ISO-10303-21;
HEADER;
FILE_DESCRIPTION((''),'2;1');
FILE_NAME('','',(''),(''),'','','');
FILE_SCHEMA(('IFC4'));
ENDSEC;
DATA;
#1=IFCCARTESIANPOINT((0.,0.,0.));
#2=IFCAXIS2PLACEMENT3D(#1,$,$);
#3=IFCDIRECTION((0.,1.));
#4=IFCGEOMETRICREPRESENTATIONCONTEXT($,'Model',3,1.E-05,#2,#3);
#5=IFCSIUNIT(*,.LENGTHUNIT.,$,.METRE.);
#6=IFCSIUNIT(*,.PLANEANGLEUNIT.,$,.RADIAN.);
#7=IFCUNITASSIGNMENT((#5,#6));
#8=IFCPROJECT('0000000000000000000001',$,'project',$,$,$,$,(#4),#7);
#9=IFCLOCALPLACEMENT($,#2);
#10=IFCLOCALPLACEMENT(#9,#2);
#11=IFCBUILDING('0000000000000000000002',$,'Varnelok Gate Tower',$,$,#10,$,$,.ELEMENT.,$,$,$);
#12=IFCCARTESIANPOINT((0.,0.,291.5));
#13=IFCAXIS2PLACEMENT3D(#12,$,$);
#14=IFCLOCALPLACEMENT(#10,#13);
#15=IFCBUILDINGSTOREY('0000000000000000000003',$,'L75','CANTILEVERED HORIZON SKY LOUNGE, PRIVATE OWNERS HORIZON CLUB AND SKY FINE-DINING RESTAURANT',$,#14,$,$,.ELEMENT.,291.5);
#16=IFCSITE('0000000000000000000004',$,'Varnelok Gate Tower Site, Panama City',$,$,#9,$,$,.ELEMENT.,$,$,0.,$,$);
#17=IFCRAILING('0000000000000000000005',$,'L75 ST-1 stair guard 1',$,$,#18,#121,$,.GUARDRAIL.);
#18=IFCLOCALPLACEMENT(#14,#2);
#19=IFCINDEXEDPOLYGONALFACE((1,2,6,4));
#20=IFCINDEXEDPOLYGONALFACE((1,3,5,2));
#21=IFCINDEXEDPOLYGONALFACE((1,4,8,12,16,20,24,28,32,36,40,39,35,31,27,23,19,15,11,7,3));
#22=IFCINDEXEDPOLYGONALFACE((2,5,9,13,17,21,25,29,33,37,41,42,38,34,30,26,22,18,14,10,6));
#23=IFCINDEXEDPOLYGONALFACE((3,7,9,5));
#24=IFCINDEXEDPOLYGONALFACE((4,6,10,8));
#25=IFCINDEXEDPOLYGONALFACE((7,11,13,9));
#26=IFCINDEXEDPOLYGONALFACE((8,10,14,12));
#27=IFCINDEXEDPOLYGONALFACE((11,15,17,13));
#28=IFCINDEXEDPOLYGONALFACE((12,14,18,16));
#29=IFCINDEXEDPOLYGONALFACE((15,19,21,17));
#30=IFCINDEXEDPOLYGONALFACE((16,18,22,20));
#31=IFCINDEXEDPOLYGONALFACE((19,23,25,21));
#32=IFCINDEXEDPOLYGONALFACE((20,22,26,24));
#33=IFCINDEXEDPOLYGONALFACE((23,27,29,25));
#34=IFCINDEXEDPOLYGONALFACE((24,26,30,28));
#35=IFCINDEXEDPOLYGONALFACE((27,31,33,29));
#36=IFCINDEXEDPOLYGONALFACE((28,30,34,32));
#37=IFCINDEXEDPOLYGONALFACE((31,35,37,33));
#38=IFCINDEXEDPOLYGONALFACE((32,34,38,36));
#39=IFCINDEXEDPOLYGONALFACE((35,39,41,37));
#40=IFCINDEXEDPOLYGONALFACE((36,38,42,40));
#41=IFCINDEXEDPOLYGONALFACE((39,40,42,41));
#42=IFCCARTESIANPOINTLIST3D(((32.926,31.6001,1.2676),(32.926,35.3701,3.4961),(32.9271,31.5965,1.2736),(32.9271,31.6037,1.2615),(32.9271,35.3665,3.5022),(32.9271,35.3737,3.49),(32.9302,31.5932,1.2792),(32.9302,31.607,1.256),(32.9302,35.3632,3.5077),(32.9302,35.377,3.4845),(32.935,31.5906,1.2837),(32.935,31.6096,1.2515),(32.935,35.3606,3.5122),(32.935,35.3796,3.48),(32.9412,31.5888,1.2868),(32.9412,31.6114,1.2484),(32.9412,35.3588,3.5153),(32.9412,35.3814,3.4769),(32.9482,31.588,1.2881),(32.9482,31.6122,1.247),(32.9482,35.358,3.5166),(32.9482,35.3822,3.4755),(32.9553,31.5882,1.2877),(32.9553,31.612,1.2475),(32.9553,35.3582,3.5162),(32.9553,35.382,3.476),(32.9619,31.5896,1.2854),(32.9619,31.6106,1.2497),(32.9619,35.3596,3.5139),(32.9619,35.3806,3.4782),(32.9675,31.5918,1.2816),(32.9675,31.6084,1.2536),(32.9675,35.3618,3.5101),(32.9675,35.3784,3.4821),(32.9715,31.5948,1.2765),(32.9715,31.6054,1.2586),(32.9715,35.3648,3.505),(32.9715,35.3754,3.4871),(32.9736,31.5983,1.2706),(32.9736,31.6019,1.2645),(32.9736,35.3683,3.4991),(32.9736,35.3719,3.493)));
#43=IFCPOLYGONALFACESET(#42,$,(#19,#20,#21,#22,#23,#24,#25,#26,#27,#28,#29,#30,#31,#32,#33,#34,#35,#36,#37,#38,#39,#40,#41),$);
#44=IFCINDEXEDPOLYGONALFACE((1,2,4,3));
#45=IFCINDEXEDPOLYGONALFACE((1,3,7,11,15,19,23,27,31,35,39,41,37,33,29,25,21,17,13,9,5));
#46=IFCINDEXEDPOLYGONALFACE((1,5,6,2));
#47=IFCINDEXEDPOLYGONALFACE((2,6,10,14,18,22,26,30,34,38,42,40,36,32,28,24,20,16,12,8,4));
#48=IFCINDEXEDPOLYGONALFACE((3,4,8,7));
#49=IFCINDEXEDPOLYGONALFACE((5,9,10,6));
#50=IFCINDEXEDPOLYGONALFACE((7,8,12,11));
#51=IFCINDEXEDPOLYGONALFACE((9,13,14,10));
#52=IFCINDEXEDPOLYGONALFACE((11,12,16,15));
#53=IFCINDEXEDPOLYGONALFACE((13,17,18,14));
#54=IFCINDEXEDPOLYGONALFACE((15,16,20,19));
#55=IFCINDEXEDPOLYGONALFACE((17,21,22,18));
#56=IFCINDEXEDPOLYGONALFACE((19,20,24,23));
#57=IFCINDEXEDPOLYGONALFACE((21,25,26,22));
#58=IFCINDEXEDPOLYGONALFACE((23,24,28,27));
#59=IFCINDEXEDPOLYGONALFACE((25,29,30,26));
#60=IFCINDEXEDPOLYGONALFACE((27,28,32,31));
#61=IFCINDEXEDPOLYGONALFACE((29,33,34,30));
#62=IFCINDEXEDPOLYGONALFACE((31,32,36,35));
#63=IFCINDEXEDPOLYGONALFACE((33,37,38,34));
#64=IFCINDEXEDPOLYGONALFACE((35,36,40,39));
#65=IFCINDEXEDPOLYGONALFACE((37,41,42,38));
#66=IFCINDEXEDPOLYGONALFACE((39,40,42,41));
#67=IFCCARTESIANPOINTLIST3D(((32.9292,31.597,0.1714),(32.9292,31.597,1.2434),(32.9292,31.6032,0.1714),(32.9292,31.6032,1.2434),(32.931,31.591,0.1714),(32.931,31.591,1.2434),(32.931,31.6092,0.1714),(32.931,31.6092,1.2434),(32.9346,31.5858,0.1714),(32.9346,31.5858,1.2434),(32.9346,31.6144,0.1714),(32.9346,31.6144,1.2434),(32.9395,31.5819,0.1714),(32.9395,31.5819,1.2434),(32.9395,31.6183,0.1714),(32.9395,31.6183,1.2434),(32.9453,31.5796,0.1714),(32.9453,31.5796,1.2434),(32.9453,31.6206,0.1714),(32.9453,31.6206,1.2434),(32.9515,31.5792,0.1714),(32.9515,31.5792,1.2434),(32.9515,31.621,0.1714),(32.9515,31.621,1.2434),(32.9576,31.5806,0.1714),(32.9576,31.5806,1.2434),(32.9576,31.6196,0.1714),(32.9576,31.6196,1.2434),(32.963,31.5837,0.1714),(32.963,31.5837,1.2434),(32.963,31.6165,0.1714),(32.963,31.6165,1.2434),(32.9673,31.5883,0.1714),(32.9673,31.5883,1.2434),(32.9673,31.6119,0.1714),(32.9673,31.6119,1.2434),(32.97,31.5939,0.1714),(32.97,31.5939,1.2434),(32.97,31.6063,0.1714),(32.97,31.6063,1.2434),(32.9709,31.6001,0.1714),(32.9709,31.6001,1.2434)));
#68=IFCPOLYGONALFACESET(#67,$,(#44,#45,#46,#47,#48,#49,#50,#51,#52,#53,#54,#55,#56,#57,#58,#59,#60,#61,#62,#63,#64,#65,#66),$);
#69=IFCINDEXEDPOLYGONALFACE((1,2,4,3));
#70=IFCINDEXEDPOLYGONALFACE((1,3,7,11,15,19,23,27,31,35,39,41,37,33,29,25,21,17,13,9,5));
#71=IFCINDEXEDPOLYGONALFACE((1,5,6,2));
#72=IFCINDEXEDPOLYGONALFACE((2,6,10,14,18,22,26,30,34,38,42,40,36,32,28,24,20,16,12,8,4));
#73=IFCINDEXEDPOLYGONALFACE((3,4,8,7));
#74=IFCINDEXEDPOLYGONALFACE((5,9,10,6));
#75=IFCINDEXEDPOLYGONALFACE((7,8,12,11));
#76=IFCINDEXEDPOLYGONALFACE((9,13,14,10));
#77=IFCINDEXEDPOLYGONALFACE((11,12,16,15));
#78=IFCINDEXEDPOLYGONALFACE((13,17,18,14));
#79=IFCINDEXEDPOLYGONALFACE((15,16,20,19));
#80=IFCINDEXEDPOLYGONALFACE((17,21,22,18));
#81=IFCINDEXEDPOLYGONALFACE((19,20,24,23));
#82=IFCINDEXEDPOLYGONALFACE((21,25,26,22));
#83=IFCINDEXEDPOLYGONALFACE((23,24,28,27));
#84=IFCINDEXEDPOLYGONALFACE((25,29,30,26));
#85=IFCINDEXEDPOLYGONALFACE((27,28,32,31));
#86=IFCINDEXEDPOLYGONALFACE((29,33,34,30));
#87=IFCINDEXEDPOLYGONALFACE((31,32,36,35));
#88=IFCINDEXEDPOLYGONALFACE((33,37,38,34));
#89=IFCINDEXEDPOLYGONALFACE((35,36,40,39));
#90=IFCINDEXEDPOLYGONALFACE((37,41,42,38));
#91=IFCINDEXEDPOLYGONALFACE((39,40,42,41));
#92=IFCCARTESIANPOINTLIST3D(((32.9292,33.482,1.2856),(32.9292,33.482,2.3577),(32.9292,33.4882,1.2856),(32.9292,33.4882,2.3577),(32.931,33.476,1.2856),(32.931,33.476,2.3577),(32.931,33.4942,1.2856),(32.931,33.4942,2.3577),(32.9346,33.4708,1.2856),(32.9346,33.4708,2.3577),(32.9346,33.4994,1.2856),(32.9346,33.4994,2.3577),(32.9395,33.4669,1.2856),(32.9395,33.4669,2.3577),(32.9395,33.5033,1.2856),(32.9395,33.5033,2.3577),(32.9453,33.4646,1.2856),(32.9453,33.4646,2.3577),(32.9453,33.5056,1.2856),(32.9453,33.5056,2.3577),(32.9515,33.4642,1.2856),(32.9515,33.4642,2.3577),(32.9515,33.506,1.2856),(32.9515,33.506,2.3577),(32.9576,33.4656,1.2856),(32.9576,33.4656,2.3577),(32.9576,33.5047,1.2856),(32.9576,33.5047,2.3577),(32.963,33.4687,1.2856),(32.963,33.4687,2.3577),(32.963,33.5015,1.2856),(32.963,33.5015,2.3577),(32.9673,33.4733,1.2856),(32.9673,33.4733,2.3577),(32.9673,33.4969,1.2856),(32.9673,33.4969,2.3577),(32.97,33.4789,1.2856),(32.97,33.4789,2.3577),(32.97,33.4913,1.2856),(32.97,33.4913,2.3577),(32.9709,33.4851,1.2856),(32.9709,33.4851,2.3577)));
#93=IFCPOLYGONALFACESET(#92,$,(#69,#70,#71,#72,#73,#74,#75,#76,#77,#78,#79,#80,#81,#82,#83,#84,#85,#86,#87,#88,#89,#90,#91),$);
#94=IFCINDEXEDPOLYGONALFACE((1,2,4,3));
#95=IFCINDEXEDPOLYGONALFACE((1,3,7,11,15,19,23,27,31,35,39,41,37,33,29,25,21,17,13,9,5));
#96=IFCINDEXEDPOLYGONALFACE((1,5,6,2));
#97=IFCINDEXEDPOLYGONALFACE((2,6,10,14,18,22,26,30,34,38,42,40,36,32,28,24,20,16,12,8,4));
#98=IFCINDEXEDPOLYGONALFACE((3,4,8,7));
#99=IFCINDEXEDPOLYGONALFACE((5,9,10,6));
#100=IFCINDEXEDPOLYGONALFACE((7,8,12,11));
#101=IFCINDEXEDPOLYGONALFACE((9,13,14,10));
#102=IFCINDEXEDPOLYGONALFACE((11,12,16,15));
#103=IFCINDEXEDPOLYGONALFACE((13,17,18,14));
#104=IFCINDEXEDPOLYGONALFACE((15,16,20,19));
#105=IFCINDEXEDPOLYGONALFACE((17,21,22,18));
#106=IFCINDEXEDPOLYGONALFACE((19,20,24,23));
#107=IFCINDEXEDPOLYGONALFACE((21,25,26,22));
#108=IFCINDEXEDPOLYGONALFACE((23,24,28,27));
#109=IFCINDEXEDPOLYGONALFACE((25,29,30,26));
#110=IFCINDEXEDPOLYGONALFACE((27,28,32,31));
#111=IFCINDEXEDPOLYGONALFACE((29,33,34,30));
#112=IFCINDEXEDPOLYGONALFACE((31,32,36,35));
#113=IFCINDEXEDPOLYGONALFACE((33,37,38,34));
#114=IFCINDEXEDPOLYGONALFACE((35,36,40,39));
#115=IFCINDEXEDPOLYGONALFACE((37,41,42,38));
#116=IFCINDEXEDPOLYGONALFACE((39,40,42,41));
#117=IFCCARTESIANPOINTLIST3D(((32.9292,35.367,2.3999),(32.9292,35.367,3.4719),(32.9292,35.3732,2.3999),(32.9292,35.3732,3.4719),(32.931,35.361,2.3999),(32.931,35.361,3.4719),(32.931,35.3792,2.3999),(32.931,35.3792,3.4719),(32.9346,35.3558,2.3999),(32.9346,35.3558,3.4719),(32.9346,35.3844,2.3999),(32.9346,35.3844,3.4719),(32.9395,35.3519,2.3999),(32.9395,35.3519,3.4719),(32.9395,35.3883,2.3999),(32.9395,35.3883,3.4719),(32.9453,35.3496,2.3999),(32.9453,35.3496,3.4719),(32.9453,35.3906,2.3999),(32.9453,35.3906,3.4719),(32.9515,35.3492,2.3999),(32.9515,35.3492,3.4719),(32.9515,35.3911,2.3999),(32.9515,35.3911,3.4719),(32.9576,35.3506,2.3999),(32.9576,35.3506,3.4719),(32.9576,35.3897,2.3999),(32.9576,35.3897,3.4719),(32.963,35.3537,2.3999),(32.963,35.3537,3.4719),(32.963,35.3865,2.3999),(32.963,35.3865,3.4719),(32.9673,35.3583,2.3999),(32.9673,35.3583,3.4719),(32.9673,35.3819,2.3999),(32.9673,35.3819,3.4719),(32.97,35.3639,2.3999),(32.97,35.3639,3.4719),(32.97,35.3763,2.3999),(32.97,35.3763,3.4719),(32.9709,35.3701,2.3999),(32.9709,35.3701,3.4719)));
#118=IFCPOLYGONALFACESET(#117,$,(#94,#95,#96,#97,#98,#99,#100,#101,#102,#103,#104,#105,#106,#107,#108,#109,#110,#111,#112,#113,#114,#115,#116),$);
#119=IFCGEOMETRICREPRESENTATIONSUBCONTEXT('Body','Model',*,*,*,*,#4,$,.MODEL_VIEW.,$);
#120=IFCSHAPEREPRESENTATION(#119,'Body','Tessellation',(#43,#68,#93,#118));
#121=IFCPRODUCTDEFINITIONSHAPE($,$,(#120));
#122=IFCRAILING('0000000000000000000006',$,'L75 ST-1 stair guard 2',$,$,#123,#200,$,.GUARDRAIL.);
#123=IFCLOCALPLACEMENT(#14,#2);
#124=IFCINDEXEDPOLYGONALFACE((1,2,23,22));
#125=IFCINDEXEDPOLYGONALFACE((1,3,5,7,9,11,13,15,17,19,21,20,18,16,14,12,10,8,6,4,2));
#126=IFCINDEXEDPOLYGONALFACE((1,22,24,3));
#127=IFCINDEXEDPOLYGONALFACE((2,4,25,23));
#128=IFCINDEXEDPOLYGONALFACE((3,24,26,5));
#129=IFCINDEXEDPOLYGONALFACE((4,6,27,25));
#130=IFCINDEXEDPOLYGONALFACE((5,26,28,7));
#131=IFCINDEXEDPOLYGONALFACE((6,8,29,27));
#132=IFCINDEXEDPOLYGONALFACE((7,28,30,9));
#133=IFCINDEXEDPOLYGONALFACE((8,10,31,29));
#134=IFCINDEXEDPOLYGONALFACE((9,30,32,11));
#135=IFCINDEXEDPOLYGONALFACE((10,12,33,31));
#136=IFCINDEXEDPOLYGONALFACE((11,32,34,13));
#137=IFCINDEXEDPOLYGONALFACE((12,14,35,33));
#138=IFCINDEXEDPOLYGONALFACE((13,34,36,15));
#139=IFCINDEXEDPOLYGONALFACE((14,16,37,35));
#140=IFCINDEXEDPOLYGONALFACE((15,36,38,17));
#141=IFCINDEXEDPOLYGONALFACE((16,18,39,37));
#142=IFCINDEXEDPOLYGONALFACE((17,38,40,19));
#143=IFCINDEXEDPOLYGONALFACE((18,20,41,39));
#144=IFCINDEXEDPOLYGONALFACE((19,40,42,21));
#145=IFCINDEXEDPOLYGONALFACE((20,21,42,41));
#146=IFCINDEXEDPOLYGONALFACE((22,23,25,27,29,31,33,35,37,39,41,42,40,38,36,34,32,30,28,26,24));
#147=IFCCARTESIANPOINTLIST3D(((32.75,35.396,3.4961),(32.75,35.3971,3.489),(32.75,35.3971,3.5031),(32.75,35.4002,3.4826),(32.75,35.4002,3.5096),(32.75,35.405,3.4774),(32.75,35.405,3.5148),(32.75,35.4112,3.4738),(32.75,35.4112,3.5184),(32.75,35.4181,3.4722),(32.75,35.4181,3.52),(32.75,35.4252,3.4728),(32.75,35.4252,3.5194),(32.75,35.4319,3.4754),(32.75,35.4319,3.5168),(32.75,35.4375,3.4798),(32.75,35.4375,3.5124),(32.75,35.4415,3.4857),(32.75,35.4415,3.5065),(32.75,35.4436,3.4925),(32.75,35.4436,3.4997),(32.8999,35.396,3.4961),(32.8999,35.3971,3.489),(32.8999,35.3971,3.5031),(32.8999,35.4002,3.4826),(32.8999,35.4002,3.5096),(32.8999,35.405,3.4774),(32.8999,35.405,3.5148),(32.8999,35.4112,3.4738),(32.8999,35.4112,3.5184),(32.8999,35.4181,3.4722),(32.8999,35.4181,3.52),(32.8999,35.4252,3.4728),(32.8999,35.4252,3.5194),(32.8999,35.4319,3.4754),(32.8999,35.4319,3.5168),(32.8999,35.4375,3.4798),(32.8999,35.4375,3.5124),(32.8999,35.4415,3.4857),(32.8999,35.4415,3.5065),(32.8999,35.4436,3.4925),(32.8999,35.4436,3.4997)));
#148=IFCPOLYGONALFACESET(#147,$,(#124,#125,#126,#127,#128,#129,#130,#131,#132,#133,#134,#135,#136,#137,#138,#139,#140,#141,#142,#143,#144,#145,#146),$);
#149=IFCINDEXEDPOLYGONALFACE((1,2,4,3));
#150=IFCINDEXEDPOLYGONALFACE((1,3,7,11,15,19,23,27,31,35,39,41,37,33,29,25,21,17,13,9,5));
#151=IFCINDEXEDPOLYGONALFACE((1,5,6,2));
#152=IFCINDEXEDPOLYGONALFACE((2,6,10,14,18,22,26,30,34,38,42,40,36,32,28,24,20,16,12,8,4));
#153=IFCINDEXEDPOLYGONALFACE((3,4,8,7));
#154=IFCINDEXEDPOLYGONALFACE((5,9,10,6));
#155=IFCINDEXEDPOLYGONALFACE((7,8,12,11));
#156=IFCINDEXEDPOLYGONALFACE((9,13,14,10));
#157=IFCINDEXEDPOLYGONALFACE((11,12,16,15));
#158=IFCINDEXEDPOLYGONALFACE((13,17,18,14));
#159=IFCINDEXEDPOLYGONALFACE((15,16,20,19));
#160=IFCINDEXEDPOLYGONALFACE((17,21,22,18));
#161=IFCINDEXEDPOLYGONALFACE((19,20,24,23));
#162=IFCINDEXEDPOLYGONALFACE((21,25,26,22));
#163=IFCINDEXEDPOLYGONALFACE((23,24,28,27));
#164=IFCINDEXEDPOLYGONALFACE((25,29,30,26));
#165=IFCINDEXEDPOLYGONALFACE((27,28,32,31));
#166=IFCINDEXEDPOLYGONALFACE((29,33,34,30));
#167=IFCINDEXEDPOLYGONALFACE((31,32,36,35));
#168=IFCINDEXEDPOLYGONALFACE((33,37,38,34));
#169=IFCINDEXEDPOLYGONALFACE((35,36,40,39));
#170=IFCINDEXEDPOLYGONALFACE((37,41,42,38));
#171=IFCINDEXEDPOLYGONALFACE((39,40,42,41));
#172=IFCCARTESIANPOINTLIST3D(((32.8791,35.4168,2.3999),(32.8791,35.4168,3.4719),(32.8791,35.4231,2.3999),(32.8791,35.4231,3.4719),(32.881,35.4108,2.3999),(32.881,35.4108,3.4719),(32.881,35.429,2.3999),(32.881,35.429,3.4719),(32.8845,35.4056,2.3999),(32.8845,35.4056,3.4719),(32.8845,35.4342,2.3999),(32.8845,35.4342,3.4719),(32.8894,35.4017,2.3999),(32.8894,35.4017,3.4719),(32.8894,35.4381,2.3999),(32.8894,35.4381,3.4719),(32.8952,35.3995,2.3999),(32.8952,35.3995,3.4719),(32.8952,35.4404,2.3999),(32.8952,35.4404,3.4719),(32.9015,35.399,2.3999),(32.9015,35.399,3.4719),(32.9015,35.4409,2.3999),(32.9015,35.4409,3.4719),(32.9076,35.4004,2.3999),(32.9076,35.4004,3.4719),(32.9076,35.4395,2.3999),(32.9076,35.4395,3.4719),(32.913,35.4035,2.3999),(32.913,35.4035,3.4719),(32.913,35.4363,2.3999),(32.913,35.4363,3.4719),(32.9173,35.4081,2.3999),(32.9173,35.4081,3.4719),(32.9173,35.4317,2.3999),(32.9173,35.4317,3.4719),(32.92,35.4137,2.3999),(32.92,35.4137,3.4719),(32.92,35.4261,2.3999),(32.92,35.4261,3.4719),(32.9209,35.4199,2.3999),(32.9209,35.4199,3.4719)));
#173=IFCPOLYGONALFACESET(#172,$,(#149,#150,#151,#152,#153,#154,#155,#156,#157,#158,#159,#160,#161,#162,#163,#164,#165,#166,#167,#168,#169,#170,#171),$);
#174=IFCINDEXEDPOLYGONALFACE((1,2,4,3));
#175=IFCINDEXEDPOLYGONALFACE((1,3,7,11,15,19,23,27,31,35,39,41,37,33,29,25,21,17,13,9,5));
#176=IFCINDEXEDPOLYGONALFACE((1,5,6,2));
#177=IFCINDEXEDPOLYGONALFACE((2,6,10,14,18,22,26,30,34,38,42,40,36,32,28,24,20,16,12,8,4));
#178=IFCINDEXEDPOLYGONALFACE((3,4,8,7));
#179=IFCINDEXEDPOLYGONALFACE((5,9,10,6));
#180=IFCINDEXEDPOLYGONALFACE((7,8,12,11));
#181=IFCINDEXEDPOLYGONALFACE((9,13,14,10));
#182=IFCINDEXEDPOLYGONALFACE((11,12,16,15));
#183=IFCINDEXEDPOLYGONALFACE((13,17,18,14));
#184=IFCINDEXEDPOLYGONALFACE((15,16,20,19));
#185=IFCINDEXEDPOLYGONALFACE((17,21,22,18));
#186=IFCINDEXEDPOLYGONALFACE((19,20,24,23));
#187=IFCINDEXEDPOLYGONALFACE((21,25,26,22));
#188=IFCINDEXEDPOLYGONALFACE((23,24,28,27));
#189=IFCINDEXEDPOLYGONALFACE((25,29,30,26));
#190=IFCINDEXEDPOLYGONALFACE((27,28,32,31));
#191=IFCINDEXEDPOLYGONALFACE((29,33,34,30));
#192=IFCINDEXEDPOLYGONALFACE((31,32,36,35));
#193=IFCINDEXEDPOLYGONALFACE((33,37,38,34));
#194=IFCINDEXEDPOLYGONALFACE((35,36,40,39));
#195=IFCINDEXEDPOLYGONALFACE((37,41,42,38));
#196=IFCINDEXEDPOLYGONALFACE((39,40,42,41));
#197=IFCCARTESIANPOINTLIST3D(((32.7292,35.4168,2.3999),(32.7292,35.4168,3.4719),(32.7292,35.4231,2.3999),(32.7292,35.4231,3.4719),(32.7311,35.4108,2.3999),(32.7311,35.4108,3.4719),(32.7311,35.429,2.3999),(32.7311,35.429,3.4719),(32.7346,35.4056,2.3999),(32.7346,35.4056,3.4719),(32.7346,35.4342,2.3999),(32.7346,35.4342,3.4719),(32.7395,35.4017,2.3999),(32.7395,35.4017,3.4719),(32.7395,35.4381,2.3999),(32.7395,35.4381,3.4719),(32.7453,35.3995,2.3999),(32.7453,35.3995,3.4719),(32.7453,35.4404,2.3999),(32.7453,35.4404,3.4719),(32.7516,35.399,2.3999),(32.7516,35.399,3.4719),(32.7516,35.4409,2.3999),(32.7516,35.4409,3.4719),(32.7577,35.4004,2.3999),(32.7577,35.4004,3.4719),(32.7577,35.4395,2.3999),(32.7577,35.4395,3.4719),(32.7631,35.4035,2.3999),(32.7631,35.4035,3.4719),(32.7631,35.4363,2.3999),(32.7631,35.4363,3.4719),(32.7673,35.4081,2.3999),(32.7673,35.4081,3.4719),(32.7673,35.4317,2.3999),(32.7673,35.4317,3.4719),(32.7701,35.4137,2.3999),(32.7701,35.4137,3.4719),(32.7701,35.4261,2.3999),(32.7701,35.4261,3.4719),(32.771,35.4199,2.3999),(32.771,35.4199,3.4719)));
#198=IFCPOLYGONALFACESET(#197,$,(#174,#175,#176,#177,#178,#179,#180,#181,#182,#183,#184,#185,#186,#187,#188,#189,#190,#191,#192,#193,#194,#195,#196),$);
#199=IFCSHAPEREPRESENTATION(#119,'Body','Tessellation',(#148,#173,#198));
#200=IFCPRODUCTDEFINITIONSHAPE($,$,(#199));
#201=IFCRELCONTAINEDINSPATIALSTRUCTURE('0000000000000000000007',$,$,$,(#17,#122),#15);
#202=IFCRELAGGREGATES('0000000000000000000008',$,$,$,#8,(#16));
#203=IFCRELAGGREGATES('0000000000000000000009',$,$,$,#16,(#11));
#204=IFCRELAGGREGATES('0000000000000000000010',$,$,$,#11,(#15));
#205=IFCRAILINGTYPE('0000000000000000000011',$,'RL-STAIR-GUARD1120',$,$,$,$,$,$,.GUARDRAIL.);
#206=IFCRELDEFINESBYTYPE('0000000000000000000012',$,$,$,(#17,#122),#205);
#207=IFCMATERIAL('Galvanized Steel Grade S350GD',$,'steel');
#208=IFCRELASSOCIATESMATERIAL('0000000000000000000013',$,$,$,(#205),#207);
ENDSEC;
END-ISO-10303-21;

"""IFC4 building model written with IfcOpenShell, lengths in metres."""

from ifc_helpers import new_model, si_unit, direction, frame, origin, origin_2d, place, context, subcontext, project, spatial, circle, extrude, material, type_object, element, save


model = new_model("IFC4")

# Units and contexts
model_context = context("Model", 3, precision=1e-05, world=origin(), true_north=direction((0.0, 1.0)))
body_context = subcontext(model_context, "Body", "Model", "MODEL_VIEW")
ifc_project = project(units=[si_unit("LENGTHUNIT", "METRE"), si_unit("PLANEANGLEUNIT", "RADIAN")], contexts=[model_context])

# Site, building, storey
site_placement = place(None, origin())
site = spatial("IfcSite", under=ifc_project, at=site_placement, Name="Varnelok Gate Tower Site, Panama City", CompositionType="ELEMENT", RefElevation=0.0)
building_placement = place(site_placement, origin())
building = spatial("IfcBuilding", under=site, at=building_placement, Name="Varnelok Gate Tower", CompositionType="ELEMENT")
storey_placement = place(building_placement, frame((0.0, 0.0, 291.5)))
storey = spatial("IfcBuildingStorey", under=building, at=storey_placement, Name="L75", Description="CANTILEVERED HORIZON SKY LOUNGE, PRIVATE OWNERS HORIZON CLUB AND SKY FINE-DINING RESTAURANT", CompositionType="ELEMENT", Elevation=291.5)

# Shared definitions
ifc_material_1 = material(Name="Galvanized Steel Grade S350GD", Category="steel")

# Railings
railing_type_1 = type_object("IfcRailingType", Name="RL-STAIR-GUARD1120", PredefinedType="GUARDRAIL", material=ifc_material_1)
railing_1_placement = place(storey_placement, frame((32.95, 31.6001, 0.1714)))
element("IfcRailing", 1, at=railing_1_placement, inside=storey, type_object=railing_type_1, Name="L75 ST-1 stair guard 1", PredefinedType="GUARDRAIL", context=body_context, shape_type="SweptSolid", body=[
    extrude(circle(Radius=0.0239, at=origin_2d()), frame((0.0, 0.0, 1.0962), z_axis=(0.0, 0.860849, 0.508861), x_axis=(-1.0, 0.0, 0.0)), (0.0, 0.0, 1.0), 4.3794),
    extrude(circle(Radius=0.021, at=origin_2d()), origin(), (0.0, 0.0, 1.0), 1.072),
    extrude(circle(Radius=0.021, at=origin_2d()), frame((0.0, 1.885, 1.1143)), (0.0, 0.0, 1.0), 1.072),
    extrude(circle(Radius=0.021, at=origin_2d()), frame((0.0, 3.77, 2.2285)), (0.0, 0.0, 1.0), 1.072),
])
railing_2_placement = place(storey_placement, frame((32.8999, 35.4199, 2.3999)))
element("IfcRailing", 2, at=railing_2_placement, inside=storey, type_object=railing_type_1, Name="L75 ST-1 stair guard 2", PredefinedType="GUARDRAIL", context=body_context, shape_type="SweptSolid", body=[
    extrude(circle(Radius=0.0239, at=origin_2d()), frame((0.0, 0.0, 1.0962), z_axis=(-1.0, 0.0, 0.0), x_axis=(0.0, -1.0, 0.0)), (0.0, 0.0, 1.0), 0.1499),
    extrude(circle(Radius=0.021, at=origin_2d()), origin(), (0.0, 0.0, 1.0), 1.072),
    extrude(circle(Radius=0.021, at=origin_2d()), frame((-0.1499, 0.0, 0.0)), (0.0, 0.0, 1.0), 1.072),
])

save(model, "model.ifc")
